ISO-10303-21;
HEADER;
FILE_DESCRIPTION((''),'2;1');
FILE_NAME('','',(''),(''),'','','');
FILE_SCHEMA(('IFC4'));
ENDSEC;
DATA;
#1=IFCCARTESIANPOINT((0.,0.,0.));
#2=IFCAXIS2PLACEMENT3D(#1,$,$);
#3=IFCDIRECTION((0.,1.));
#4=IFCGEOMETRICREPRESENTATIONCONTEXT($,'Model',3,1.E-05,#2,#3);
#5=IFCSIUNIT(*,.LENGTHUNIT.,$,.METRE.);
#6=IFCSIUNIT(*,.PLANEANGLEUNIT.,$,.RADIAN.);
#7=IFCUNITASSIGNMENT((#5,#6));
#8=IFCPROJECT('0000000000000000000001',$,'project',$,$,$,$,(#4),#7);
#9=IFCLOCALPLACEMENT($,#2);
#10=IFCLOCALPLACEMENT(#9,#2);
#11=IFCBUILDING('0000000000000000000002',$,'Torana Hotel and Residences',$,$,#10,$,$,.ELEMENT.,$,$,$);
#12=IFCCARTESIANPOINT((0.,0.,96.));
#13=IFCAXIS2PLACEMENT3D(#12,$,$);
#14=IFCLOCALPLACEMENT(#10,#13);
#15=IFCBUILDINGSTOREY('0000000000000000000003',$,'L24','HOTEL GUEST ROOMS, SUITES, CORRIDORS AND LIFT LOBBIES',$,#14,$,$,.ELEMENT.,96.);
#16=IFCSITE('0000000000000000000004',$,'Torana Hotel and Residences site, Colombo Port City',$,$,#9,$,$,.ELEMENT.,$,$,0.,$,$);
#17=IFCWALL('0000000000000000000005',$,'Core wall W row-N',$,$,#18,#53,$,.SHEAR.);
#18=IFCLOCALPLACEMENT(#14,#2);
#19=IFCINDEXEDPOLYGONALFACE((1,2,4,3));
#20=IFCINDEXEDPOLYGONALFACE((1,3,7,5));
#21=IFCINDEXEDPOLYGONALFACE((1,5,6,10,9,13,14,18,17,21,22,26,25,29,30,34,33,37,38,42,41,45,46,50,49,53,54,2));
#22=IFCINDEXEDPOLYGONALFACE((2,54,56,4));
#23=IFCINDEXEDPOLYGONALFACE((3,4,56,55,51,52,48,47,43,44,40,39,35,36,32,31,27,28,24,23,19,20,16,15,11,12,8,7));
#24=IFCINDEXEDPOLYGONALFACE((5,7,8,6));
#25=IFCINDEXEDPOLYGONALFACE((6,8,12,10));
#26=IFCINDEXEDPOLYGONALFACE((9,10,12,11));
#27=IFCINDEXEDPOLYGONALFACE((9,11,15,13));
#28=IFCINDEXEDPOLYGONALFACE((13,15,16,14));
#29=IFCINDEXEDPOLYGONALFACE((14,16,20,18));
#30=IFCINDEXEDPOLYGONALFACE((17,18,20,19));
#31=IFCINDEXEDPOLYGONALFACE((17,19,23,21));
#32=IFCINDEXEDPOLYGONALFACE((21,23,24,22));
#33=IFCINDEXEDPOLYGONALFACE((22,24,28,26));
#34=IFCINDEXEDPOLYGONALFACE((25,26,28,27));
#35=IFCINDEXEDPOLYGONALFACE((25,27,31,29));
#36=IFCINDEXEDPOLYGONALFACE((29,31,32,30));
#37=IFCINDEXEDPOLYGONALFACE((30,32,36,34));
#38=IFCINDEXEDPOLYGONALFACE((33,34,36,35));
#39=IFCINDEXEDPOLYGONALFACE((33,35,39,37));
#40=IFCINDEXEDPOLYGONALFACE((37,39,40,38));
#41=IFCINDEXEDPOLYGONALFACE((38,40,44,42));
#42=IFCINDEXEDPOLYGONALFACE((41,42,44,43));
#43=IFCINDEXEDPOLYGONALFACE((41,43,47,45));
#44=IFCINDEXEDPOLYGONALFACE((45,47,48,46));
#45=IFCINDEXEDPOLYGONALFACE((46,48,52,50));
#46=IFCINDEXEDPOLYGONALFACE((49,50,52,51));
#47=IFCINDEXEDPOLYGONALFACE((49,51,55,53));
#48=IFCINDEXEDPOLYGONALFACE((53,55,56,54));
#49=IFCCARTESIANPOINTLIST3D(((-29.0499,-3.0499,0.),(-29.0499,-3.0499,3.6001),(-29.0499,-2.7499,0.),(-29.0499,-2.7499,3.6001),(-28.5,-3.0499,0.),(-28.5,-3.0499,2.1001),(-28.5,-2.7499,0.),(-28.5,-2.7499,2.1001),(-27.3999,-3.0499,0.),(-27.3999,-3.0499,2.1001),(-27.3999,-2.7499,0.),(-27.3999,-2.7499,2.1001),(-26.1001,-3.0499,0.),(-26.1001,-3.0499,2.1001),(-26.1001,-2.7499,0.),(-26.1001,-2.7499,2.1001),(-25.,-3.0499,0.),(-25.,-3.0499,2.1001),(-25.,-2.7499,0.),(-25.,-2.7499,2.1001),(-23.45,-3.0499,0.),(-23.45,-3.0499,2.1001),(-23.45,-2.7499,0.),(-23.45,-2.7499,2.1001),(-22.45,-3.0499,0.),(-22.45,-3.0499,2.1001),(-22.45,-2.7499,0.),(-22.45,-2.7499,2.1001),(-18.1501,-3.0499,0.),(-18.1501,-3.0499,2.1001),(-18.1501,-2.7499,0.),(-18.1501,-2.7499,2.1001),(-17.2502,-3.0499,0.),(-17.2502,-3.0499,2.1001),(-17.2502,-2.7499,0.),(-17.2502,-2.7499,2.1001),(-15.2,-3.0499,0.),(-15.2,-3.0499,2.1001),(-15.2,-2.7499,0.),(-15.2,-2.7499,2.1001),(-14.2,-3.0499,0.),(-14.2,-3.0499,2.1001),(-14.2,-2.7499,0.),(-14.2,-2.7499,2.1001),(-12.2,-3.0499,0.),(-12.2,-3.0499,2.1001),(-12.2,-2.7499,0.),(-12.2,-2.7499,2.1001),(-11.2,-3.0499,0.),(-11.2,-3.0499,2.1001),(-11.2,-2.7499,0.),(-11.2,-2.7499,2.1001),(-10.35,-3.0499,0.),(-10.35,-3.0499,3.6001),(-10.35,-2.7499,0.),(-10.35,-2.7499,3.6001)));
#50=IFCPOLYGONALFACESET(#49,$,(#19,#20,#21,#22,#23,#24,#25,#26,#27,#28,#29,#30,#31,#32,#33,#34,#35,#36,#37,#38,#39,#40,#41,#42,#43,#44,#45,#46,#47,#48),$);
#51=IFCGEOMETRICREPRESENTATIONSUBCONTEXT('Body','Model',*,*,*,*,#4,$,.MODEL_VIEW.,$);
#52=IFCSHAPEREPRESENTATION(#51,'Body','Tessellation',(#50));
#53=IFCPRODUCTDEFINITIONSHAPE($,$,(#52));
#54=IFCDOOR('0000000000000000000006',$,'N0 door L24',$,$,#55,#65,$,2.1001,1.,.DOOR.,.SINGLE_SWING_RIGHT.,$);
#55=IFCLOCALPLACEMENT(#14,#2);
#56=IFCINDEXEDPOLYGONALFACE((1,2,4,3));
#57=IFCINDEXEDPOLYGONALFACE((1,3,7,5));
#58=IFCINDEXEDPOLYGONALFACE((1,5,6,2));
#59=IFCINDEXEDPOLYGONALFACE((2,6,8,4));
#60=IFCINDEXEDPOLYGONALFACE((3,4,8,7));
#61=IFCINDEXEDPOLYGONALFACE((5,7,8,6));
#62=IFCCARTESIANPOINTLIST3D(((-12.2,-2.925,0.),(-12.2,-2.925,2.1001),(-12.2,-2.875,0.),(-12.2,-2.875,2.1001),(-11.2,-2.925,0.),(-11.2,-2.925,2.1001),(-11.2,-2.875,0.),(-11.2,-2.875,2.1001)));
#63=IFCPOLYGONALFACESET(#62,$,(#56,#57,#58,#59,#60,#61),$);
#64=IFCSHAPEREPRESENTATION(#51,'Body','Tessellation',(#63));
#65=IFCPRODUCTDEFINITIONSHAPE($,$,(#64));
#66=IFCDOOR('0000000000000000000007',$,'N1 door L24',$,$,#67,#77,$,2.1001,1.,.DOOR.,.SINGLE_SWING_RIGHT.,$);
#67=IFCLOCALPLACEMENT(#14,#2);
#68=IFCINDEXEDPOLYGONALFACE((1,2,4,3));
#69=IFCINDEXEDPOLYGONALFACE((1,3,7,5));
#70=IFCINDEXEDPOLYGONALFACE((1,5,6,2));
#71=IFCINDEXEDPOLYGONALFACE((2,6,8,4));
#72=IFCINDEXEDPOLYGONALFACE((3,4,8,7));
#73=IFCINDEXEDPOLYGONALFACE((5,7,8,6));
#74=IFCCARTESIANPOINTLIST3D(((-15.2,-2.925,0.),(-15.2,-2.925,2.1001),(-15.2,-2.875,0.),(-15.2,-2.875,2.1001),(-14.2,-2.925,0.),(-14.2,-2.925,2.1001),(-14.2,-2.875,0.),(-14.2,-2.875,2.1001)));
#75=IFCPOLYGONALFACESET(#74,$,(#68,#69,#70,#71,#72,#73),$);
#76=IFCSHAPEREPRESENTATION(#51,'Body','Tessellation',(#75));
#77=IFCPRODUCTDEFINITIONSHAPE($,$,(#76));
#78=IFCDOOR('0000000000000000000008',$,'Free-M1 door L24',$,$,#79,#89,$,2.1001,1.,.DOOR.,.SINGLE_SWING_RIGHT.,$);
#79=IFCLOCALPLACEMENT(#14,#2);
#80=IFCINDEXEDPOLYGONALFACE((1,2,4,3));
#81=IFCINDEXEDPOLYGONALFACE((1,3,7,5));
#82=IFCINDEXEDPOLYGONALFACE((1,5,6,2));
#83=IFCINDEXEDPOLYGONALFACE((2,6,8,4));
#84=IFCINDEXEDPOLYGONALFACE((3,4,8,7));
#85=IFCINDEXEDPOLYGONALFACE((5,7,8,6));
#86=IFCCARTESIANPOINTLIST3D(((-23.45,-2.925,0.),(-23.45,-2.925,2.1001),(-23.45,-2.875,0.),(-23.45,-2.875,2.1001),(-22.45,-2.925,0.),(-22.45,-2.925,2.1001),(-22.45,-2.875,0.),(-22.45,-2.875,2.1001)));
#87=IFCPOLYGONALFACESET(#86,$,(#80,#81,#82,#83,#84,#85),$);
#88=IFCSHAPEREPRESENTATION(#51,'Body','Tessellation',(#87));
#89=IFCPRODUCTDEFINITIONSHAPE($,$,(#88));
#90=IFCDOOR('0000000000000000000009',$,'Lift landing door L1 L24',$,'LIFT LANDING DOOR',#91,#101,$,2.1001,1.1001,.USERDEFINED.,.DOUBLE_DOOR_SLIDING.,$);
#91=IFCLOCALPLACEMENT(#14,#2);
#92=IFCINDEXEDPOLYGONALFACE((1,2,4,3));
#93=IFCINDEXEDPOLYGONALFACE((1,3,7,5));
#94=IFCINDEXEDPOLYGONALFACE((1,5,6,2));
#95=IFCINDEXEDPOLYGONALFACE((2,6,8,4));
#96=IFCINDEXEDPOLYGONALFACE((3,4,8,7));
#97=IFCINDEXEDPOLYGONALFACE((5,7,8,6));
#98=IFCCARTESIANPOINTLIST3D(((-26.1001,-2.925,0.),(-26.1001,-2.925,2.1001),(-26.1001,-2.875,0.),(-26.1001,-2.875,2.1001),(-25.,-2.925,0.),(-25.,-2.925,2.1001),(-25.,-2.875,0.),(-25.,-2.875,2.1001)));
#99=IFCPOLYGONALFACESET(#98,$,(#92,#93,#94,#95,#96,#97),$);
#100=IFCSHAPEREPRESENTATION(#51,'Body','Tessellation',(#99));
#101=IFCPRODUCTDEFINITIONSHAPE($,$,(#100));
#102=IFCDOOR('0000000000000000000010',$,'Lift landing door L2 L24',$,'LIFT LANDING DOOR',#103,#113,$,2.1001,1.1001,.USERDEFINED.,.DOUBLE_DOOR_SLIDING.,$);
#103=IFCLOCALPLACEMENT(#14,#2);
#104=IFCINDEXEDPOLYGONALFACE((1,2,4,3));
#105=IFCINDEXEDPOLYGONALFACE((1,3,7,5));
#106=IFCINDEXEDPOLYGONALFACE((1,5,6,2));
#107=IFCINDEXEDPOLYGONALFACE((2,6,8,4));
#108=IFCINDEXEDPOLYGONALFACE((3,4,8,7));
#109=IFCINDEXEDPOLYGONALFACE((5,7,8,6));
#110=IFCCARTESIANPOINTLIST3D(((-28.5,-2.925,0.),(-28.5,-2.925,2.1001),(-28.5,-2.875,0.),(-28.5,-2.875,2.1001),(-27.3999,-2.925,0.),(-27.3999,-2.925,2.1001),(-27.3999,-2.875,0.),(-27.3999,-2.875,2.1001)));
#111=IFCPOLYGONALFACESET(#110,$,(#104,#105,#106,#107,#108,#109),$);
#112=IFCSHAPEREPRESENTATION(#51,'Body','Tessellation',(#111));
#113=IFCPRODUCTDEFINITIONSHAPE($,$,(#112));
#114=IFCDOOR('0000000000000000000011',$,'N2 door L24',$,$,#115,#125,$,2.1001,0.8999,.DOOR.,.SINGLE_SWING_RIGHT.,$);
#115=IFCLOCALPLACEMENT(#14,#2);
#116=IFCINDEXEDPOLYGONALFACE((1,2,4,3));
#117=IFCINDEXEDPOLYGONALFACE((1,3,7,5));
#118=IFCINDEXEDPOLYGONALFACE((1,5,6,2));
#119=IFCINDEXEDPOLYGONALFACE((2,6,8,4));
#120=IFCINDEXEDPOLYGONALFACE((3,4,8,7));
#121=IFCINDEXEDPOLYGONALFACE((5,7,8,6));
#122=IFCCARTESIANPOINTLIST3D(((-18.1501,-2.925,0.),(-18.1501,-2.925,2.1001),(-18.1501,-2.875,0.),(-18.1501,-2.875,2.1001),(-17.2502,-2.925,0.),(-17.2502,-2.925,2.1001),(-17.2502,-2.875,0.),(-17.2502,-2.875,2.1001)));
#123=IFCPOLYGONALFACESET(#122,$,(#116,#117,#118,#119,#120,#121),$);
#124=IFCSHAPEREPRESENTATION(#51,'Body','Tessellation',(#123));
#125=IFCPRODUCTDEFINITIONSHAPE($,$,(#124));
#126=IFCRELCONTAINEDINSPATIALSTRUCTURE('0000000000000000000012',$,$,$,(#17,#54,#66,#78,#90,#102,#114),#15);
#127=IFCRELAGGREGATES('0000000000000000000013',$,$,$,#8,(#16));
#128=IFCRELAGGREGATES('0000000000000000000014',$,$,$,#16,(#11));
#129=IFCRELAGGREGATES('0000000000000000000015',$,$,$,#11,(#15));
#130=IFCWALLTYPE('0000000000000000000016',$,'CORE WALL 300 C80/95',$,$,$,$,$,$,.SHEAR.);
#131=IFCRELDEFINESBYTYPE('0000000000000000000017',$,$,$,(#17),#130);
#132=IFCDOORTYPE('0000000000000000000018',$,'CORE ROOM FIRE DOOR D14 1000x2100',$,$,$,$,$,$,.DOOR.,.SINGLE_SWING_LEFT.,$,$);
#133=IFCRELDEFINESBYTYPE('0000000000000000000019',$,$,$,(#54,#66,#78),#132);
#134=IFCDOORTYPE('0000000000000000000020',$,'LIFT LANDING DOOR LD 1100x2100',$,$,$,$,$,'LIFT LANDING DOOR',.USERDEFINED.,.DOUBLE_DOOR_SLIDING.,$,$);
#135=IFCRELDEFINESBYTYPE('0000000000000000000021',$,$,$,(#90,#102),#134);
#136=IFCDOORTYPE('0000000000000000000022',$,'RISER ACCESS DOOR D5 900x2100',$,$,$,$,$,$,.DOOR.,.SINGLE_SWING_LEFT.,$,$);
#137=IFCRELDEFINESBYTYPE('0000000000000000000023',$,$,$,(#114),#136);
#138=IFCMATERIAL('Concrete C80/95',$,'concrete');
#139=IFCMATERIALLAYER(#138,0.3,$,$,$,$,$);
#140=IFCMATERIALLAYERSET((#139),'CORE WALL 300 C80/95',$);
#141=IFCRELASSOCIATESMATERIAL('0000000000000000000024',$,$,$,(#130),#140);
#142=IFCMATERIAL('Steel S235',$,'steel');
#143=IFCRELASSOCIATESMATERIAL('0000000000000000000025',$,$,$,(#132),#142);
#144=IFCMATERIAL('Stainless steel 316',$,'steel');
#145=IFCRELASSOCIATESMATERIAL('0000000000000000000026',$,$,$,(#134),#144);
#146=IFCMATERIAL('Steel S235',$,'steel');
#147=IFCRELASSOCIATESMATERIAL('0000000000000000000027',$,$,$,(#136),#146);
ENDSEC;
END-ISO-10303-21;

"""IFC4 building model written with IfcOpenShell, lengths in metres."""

from ifc_helpers import new_model, si_unit, direction, frame, frame_2d, origin, place, context, subcontext, project, spatial, rectangle, extrude, material, layer, layer_set, type_object, element, fill, save


model = new_model("IFC4")

# Units and contexts
model_context = context("Model", 3, precision=1e-05, world=origin(), true_north=direction((0.0, 1.0)))
body_context = subcontext(model_context, "Body", "Model", "MODEL_VIEW")
ifc_project = project(units=[si_unit("LENGTHUNIT", "METRE"), si_unit("PLANEANGLEUNIT", "RADIAN")], contexts=[model_context])

# Site, building, storey
site_placement = place(None, origin())
site = spatial("IfcSite", under=ifc_project, at=site_placement, Name="Torana Hotel and Residences site, Colombo Port City", CompositionType="ELEMENT", RefElevation=0.0)
building_placement = place(site_placement, origin())
building = spatial("IfcBuilding", under=site, at=building_placement, Name="Torana Hotel and Residences", CompositionType="ELEMENT")
storey_placement = place(building_placement, frame((0.0, 0.0, 96.0)))
storey = spatial("IfcBuildingStorey", under=building, at=storey_placement, Name="L24", Description="HOTEL GUEST ROOMS, SUITES, CORRIDORS AND LIFT LOBBIES", CompositionType="ELEMENT", Elevation=96.0)

# Wall, openings, doors
ifc_material_1 = material(Name="Concrete C80/95", Category="concrete")
ifc_layer_1 = layer(ifc_material_1, 0.3)
ifc_layer_set_1 = layer_set([ifc_layer_1], Name="CORE WALL 300 C80/95")
wall_type_1 = type_object("IfcWallType", Name="CORE WALL 300 C80/95", PredefinedType="SHEAR", material=ifc_layer_set_1)
wall_1_placement = place(storey_placement, frame((-29.05, -2.8999, 0.0), z_axis=(0.0, 0.0, 1.0), x_axis=(1.0, 0.0, 0.0)))
wall_1 = element("IfcWall", 1, at=wall_1_placement, inside=storey, type_object=wall_type_1, Name="Core wall W row-N", PredefinedType="SHEAR", context=body_context, shape_type="SweptSolid", body=[
    extrude(rectangle(XDim=18.7, YDim=0.3, at=frame_2d((9.3501, 0.0))), origin(), (0.0, 0.0, 1.0), 3.6001),
])
opening_1_placement = place(wall_1_placement, frame((2.95, 0.0, 0.0)))
opening_1 = element("IfcOpeningElement", 2, at=opening_1_placement, cuts=wall_1, PredefinedType="OPENING", context=body_context, shape_type="SweptSolid", body=[
    extrude(rectangle(XDim=1.1001, YDim=2.1001, at=frame_2d((0.55, 1.05))), frame((0.0, 0.1599, 0.0), z_axis=(0.0, -1.0, 0.0), x_axis=(1.0, 0.0, 0.0)), (0.0, 0.0, 1.0), 0.3201),
])
opening_2_placement = place(wall_1_placement, frame((0.55, 0.0, 0.0)))
opening_2 = element("IfcOpeningElement", 3, at=opening_2_placement, cuts=wall_1, PredefinedType="OPENING", context=body_context, shape_type="SweptSolid", body=[
    extrude(rectangle(XDim=1.1001, YDim=2.1001, at=frame_2d((0.55, 1.05))), frame((0.0, 0.1599, 0.0), z_axis=(0.0, -1.0, 0.0), x_axis=(1.0, 0.0, 0.0)), (0.0, 0.0, 1.0), 0.3201),
])
opening_3_placement = place(wall_1_placement, frame((10.8999, 0.0, 0.0)))
opening_3 = element("IfcOpeningElement", 4, at=opening_3_placement, cuts=wall_1, PredefinedType="OPENING", context=body_context, shape_type="SweptSolid", body=[
    extrude(rectangle(XDim=0.8999, YDim=2.1001, at=frame_2d((0.45, 1.05))), frame((0.0, 0.1599, 0.0), z_axis=(0.0, -1.0, 0.0), x_axis=(1.0, 0.0, 0.0)), (0.0, 0.0, 1.0), 0.3201),
])
opening_4_placement = place(wall_1_placement, frame((16.8501, 0.0, 0.0)))
opening_4 = element("IfcOpeningElement", 5, at=opening_4_placement, cuts=wall_1, PredefinedType="OPENING", context=body_context, shape_type="SweptSolid", body=[
    extrude(rectangle(XDim=1.0, YDim=2.1001, at=frame_2d((0.5, 1.05))), frame((0.0, 0.1599, 0.0), z_axis=(0.0, -1.0, 0.0), x_axis=(1.0, 0.0, 0.0)), (0.0, 0.0, 1.0), 0.3201),
])
opening_5_placement = place(wall_1_placement, frame((13.8501, 0.0, 0.0)))
opening_5 = element("IfcOpeningElement", 6, at=opening_5_placement, cuts=wall_1, PredefinedType="OPENING", context=body_context, shape_type="SweptSolid", body=[
    extrude(rectangle(XDim=1.0, YDim=2.1001, at=frame_2d((0.5, 1.05))), frame((0.0, 0.1599, 0.0), z_axis=(0.0, -1.0, 0.0), x_axis=(1.0, 0.0, 0.0)), (0.0, 0.0, 1.0), 0.3201),
])
opening_6_placement = place(wall_1_placement, frame((5.6001, 0.0, 0.0)))
opening_6 = element("IfcOpeningElement", 7, at=opening_6_placement, cuts=wall_1, PredefinedType="OPENING", context=body_context, shape_type="SweptSolid", body=[
    extrude(rectangle(XDim=1.0, YDim=2.1001, at=frame_2d((0.5, 1.05))), frame((0.0, 0.1599, 0.0), z_axis=(0.0, -1.0, 0.0), x_axis=(1.0, 0.0, 0.0)), (0.0, 0.0, 1.0), 0.3201),
])
ifc_material_2 = material(Name="Steel S235", Category="steel")
door_type_1 = type_object("IfcDoorType", Name="CORE ROOM FIRE DOOR D14 1000x2100", OperationType="SINGLE_SWING_LEFT", PredefinedType="DOOR", material=ifc_material_2)
door_1_placement = place(opening_4_placement, origin())
door_1 = element("IfcDoor", 8, at=door_1_placement, inside=storey, type_object=door_type_1, Name="N0 door L24", OperationType="SINGLE_SWING_RIGHT", OverallHeight=2.1001, OverallWidth=1.0, PredefinedType="DOOR", context=body_context, shape_type="SweptSolid", body=[
    extrude(rectangle(XDim=1.0, YDim=2.1001, at=frame_2d((0.5, 1.05))), frame((0.0, 0.0249, 0.0), z_axis=(0.0, -1.0, 0.0), x_axis=(1.0, 0.0, 0.0)), (0.0, 0.0, 1.0), 0.05),
])
fill(opening_4, door_1)
door_2_placement = place(opening_5_placement, origin())
door_2 = element("IfcDoor", 9, at=door_2_placement, inside=storey, type_object=door_type_1, Name="N1 door L24", OperationType="SINGLE_SWING_RIGHT", OverallHeight=2.1001, OverallWidth=1.0, PredefinedType="DOOR", context=body_context, shape_type="SweptSolid", body=[
    extrude(rectangle(XDim=1.0, YDim=2.1001, at=frame_2d((0.5, 1.05))), frame((0.0, 0.0249, 0.0), z_axis=(0.0, -1.0, 0.0), x_axis=(1.0, 0.0, 0.0)), (0.0, 0.0, 1.0), 0.05),
])
fill(opening_5, door_2)
door_3_placement = place(opening_6_placement, origin())
door_3 = element("IfcDoor", 10, at=door_3_placement, inside=storey, type_object=door_type_1, Name="Free-M1 door L24", OperationType="SINGLE_SWING_RIGHT", OverallHeight=2.1001, OverallWidth=1.0, PredefinedType="DOOR", context=body_context, shape_type="SweptSolid", body=[
    extrude(rectangle(XDim=1.0, YDim=2.1001, at=frame_2d((0.5, 1.05))), frame((0.0, 0.0249, 0.0), z_axis=(0.0, -1.0, 0.0), x_axis=(1.0, 0.0, 0.0)), (0.0, 0.0, 1.0), 0.05),
])
fill(opening_6, door_3)
ifc_material_3 = material(Name="Stainless steel 316", Category="steel")
door_type_2 = type_object("IfcDoorType", Name="LIFT LANDING DOOR LD 1100x2100", ElementType="LIFT LANDING DOOR", OperationType="DOUBLE_DOOR_SLIDING", PredefinedType="USERDEFINED", material=ifc_material_3)
door_4_placement = place(opening_1_placement, origin())
door_4 = element("IfcDoor", 11, at=door_4_placement, inside=storey, type_object=door_type_2, Name="Lift landing door L1 L24", ObjectType="LIFT LANDING DOOR", OperationType="DOUBLE_DOOR_SLIDING", OverallHeight=2.1001, OverallWidth=1.1001, PredefinedType="USERDEFINED", context=body_context, shape_type="SweptSolid", body=[
    extrude(rectangle(XDim=1.1001, YDim=2.1001, at=frame_2d((0.55, 1.05))), frame((0.0, 0.0249, 0.0), z_axis=(0.0, -1.0, 0.0), x_axis=(1.0, 0.0, 0.0)), (0.0, 0.0, 1.0), 0.05),
])
fill(opening_1, door_4)
door_5_placement = place(opening_2_placement, origin())
door_5 = element("IfcDoor", 12, at=door_5_placement, inside=storey, type_object=door_type_2, Name="Lift landing door L2 L24", ObjectType="LIFT LANDING DOOR", OperationType="DOUBLE_DOOR_SLIDING", OverallHeight=2.1001, OverallWidth=1.1001, PredefinedType="USERDEFINED", context=body_context, shape_type="SweptSolid", body=[
    extrude(rectangle(XDim=1.1001, YDim=2.1001, at=frame_2d((0.55, 1.05))), frame((0.0, 0.0249, 0.0), z_axis=(0.0, -1.0, 0.0), x_axis=(1.0, 0.0, 0.0)), (0.0, 0.0, 1.0), 0.05),
])
fill(opening_2, door_5)
ifc_material_4 = material(Name="Steel S235", Category="steel")
door_type_3 = type_object("IfcDoorType", Name="RISER ACCESS DOOR D5 900x2100", OperationType="SINGLE_SWING_LEFT", PredefinedType="DOOR", material=ifc_material_4)
door_6_placement = place(opening_3_placement, origin())
door_6 = element("IfcDoor", 13, at=door_6_placement, inside=storey, type_object=door_type_3, Name="N2 door L24", OperationType="SINGLE_SWING_RIGHT", OverallHeight=2.1001, OverallWidth=0.8999, PredefinedType="DOOR", context=body_context, shape_type="SweptSolid", body=[
    extrude(rectangle(XDim=0.8999, YDim=2.1001, at=frame_2d((0.45, 1.05))), frame((0.0, 0.0249, 0.0), z_axis=(0.0, -1.0, 0.0), x_axis=(1.0, 0.0, 0.0)), (0.0, 0.0, 1.0), 0.05),
])
fill(opening_3, door_6)

save(model, "model.ifc")
